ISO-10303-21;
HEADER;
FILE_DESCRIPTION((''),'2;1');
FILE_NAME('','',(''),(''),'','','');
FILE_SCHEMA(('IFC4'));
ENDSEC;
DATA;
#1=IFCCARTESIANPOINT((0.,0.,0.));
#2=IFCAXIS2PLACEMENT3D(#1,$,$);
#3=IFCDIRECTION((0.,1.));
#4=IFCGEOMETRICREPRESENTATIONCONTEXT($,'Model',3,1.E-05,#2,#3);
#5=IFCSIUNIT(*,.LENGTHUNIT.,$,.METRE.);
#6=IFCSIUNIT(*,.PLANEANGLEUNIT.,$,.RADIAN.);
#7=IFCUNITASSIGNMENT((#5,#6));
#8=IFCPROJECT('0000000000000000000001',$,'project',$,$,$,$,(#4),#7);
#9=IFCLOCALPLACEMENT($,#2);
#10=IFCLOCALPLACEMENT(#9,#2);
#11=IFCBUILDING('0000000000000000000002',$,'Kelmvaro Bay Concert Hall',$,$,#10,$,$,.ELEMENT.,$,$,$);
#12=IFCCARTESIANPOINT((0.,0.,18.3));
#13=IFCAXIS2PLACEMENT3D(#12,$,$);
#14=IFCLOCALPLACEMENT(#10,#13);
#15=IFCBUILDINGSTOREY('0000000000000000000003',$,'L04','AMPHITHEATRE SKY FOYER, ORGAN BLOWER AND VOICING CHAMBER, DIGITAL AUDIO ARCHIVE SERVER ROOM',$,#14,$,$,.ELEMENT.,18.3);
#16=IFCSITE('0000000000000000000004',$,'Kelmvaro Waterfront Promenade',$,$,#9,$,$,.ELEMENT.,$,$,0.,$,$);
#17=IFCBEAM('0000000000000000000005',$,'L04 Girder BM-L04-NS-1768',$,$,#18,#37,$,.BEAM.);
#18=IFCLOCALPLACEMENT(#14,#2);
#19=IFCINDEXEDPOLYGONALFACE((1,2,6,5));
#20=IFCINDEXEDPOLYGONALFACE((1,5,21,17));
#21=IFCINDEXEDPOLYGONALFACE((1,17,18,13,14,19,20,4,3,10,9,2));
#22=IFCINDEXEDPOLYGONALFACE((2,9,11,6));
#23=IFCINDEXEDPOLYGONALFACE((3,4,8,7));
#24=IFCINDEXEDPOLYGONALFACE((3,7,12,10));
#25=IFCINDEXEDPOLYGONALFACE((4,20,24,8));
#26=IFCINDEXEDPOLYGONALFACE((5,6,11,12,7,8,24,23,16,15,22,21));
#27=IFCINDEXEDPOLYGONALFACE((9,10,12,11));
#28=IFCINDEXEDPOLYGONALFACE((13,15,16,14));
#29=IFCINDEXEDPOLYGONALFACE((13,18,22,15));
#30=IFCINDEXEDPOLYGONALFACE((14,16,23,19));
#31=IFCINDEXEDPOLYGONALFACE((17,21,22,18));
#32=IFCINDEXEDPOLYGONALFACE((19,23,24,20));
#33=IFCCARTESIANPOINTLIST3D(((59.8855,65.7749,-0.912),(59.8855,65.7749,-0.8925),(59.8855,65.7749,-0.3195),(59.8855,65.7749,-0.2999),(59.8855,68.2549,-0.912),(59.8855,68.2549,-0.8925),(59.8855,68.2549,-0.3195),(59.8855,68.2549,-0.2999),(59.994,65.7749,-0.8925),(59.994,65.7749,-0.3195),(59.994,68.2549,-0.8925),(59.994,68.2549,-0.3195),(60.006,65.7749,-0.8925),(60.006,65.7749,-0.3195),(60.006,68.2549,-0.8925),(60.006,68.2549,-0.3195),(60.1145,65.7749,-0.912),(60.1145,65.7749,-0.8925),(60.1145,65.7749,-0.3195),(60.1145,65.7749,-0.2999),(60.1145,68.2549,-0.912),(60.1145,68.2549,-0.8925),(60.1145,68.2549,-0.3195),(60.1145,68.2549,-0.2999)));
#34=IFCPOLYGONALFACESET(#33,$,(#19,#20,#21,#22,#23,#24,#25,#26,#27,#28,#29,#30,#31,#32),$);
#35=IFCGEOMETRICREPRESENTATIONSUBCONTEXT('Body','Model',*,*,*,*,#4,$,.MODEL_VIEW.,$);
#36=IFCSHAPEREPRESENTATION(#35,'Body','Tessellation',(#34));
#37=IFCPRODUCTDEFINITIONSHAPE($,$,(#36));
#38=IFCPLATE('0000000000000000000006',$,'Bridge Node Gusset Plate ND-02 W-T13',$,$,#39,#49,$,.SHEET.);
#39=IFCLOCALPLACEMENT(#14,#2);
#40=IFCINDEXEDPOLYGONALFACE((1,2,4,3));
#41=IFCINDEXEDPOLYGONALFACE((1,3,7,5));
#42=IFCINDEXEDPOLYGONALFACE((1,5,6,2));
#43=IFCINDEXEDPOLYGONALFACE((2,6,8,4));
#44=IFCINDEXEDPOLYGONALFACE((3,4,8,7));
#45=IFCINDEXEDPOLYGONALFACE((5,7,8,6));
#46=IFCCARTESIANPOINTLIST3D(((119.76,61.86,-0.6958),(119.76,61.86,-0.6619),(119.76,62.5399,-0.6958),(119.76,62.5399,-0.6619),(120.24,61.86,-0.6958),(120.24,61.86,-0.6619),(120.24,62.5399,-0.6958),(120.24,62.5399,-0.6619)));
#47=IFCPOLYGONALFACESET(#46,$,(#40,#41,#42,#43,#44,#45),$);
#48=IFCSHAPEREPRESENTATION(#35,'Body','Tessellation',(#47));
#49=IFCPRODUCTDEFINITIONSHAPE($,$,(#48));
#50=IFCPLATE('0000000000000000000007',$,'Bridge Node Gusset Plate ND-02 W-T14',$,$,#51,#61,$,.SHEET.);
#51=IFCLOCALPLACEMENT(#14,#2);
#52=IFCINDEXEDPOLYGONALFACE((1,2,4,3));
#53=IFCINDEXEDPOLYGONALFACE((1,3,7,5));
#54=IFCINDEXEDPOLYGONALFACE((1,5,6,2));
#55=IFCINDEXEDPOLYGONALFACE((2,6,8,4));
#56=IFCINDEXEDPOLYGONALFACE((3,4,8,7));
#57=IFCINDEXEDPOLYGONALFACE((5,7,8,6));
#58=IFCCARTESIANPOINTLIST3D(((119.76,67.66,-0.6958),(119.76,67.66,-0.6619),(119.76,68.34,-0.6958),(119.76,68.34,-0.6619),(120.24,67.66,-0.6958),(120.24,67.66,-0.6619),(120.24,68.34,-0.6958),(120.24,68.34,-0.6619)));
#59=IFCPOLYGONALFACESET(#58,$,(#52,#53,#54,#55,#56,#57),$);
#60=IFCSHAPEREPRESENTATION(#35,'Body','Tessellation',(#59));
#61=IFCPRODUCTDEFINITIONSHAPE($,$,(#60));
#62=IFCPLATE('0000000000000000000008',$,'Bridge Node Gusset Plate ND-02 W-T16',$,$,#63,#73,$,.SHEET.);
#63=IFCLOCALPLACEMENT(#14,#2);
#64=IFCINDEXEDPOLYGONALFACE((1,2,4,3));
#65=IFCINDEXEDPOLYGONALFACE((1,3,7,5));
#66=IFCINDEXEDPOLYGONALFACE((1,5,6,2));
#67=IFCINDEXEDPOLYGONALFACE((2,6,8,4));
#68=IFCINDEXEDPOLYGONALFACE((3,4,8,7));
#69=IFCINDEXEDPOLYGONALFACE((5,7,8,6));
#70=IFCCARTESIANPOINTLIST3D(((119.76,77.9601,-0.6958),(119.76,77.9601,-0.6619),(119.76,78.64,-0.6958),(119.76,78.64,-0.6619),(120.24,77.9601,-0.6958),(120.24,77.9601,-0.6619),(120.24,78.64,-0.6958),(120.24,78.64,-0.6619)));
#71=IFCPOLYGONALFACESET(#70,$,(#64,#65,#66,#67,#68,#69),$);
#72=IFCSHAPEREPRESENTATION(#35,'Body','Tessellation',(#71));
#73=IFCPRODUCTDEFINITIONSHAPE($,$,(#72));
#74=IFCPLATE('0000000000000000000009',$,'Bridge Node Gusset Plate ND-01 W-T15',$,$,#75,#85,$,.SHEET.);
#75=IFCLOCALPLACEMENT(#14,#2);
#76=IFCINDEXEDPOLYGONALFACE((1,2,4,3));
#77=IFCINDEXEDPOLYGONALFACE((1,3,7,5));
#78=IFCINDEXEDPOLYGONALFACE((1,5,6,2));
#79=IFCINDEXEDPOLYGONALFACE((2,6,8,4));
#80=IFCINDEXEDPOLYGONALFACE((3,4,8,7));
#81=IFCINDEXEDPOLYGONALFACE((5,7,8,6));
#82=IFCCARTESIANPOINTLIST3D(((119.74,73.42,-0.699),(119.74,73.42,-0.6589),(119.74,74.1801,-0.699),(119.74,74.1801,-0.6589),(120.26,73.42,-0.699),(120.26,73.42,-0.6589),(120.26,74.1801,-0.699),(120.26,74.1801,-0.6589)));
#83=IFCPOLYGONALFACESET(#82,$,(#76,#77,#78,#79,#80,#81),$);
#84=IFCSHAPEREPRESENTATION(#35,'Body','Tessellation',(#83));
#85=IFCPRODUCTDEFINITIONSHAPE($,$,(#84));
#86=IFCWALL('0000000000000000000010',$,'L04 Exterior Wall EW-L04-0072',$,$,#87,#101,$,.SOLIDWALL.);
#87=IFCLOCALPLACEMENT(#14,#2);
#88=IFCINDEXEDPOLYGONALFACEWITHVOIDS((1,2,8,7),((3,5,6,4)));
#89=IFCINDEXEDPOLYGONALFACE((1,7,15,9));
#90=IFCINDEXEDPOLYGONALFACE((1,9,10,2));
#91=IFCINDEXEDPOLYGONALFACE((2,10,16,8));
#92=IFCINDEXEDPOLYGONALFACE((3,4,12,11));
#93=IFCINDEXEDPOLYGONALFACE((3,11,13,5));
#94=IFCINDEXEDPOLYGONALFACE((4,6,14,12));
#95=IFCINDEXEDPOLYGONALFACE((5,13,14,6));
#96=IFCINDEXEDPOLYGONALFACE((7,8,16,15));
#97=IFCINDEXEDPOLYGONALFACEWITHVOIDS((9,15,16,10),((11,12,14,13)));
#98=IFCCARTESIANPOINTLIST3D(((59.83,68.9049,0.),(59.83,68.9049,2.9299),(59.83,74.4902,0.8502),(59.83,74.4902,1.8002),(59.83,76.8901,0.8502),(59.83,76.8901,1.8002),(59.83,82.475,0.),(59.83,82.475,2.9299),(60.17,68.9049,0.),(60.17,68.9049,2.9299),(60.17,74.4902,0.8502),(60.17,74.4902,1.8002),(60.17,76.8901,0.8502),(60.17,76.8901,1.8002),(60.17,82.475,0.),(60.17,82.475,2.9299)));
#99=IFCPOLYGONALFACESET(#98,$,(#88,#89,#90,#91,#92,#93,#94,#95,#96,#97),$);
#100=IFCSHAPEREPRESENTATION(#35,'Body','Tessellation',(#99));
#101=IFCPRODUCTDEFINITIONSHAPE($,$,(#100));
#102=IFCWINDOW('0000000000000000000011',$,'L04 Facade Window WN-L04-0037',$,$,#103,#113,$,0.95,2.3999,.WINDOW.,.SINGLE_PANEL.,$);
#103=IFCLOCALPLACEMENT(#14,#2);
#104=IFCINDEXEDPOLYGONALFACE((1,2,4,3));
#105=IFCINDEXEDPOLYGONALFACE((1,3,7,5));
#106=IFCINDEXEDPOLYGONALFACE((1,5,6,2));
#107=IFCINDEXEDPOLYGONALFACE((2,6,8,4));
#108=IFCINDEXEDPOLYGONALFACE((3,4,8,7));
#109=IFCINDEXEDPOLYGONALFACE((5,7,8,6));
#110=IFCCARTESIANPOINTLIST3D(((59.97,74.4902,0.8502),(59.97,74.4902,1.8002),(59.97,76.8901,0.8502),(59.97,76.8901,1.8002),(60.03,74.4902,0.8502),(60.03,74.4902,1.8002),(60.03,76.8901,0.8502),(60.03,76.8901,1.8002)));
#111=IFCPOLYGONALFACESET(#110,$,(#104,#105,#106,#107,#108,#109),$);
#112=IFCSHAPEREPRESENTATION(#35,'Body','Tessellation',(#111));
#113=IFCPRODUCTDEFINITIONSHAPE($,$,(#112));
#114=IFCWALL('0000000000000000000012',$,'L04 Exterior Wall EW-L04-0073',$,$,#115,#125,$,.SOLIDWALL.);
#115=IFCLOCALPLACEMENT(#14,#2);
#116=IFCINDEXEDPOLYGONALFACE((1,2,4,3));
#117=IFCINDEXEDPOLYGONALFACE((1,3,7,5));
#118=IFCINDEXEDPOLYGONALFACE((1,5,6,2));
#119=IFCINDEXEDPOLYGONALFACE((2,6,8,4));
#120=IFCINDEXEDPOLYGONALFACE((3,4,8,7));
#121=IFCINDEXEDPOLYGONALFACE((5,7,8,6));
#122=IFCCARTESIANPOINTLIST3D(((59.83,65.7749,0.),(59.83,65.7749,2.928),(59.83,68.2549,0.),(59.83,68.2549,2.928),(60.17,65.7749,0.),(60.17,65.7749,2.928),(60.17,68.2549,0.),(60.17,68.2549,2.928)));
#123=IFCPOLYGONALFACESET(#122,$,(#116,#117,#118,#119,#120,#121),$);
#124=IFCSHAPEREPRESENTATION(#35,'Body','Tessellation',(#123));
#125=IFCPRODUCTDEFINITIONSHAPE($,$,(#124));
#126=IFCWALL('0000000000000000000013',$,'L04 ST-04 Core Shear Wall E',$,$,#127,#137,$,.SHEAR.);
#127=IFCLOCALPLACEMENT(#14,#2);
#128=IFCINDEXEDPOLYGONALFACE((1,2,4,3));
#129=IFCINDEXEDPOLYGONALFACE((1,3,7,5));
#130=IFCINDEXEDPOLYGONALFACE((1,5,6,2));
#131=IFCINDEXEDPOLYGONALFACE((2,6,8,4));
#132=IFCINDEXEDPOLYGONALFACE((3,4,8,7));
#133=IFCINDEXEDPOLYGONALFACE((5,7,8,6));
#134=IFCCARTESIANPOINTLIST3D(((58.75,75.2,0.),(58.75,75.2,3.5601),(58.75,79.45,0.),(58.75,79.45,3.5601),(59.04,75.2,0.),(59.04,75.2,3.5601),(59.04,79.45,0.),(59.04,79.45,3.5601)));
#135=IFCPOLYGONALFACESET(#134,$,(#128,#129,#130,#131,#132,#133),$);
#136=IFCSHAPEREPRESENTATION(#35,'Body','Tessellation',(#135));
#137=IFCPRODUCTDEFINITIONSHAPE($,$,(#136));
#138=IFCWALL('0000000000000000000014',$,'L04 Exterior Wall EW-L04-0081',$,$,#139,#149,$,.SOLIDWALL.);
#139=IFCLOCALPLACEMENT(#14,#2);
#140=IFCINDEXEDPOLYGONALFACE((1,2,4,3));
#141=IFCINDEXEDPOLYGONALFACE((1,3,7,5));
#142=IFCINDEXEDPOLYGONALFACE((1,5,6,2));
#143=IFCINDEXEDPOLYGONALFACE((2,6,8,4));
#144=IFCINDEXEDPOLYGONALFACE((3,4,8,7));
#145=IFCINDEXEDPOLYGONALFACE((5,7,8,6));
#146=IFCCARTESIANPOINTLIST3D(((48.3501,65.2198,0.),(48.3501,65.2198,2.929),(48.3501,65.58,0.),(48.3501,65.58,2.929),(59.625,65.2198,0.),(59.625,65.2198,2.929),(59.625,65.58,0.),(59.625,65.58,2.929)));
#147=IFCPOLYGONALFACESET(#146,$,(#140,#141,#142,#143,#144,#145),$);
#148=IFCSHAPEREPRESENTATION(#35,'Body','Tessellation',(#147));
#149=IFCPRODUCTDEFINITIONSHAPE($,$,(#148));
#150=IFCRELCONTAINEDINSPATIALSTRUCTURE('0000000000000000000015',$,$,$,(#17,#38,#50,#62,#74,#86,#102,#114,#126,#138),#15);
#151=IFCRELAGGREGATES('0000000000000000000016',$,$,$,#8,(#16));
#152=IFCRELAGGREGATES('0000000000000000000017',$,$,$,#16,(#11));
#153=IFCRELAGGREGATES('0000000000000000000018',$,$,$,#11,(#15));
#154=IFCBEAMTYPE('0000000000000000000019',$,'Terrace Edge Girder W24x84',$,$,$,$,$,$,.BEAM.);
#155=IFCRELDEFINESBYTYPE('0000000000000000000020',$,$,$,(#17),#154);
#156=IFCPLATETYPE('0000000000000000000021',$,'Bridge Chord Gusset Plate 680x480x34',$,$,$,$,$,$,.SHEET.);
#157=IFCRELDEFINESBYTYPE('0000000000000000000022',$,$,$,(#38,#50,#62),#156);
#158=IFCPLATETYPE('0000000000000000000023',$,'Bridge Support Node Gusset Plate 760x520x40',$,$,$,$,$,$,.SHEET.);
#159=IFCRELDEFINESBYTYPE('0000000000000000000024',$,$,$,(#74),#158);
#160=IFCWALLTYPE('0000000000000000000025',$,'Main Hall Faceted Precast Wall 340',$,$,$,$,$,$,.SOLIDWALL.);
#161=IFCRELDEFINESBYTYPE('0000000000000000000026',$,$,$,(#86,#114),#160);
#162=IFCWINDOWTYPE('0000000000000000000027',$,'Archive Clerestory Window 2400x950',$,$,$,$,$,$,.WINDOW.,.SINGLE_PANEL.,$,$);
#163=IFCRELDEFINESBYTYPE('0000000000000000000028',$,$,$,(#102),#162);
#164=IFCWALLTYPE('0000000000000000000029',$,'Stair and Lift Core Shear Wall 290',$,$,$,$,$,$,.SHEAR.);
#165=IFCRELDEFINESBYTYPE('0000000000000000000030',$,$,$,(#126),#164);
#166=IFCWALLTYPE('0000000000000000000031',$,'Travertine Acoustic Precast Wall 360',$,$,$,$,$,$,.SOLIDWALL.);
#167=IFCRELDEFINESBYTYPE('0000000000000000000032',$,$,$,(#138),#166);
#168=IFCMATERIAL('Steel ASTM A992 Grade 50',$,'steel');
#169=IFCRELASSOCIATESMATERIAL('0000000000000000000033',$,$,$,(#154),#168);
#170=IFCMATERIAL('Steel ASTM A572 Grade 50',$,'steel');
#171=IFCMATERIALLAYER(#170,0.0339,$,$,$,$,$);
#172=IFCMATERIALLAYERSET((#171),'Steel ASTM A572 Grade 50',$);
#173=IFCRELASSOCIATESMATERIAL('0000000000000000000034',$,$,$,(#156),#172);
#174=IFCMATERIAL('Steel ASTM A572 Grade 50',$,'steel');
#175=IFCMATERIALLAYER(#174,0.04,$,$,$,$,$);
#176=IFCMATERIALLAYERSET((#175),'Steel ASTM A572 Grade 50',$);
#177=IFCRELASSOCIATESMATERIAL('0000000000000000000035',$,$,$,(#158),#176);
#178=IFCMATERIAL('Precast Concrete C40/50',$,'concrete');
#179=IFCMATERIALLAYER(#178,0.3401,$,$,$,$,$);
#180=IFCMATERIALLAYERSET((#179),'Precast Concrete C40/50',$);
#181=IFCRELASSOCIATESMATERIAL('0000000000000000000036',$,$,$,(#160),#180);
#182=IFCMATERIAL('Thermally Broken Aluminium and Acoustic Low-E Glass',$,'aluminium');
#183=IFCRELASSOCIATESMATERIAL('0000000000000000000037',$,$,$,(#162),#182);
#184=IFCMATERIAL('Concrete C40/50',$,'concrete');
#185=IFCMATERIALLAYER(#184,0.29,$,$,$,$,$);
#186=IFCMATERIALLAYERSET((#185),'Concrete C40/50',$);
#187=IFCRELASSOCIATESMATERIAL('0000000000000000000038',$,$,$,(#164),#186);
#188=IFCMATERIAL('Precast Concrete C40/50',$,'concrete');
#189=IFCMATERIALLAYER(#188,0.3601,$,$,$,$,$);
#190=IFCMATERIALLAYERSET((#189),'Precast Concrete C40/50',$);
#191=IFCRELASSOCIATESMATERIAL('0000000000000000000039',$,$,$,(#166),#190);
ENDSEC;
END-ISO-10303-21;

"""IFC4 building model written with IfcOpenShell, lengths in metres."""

from ifc_helpers import new_model, si_unit, direction, frame, frame_2d, origin, origin_2d, place, context, subcontext, project, spatial, rectangle, i_section, extrude, material, layer, layer_set, material_profile, profile_set, type_object, element, fill, save


model = new_model("IFC4")

# Units and contexts
model_context = context("Model", 3, precision=1e-05, world=origin(), true_north=direction((0.0, 1.0)))
body_context = subcontext(model_context, "Body", "Model", "MODEL_VIEW")
ifc_project = project(units=[si_unit("LENGTHUNIT", "METRE"), si_unit("PLANEANGLEUNIT", "RADIAN")], contexts=[model_context])

# Site, building, storey
site_placement = place(None, origin())
site = spatial("IfcSite", under=ifc_project, at=site_placement, Name="Kelmvaro Waterfront Promenade", CompositionType="ELEMENT", RefElevation=0.0)
building_placement = place(site_placement, origin())
building = spatial("IfcBuilding", under=site, at=building_placement, Name="Kelmvaro Bay Concert Hall", CompositionType="ELEMENT")
storey_placement = place(building_placement, frame((0.0, 0.0, 18.3)))
storey = spatial("IfcBuildingStorey", under=building, at=storey_placement, Name="L04", Description="AMPHITHEATRE SKY FOYER, ORGAN BLOWER AND VOICING CHAMBER, DIGITAL AUDIO ARCHIVE SERVER ROOM", CompositionType="ELEMENT", Elevation=18.3)

# Beam
ifc_material_1 = material(Name="Steel ASTM A992 Grade 50", Category="steel")
ifc_material_profile_1 = material_profile(ifc_material_1, i_section(OverallWidth=0.229, OverallDepth=0.6121, WebThickness=0.012, FlangeThickness=0.0195, at=origin_2d()), Name="W24X84")
ifc_profile_set_1 = profile_set([ifc_material_profile_1], Name="Steel ASTM A992 Grade 50")
beam_type_1 = type_object("IfcBeamType", Name="Terrace Edge Girder W24x84", PredefinedType="BEAM", material=ifc_profile_set_1)
beam_1_placement = place(storey_placement, frame((60.0, 65.7749, -0.606), z_axis=(0.0, 1.0, 0.0), x_axis=(-1.0, 0.0, 0.0)))
element("IfcBeam", 1, at=beam_1_placement, inside=storey, type_object=beam_type_1, Name="L04 Girder BM-L04-NS-1768", PredefinedType="BEAM", context=body_context, shape_type="SweptSolid", body=[
    extrude(i_section(OverallWidth=0.229, OverallDepth=0.6121, WebThickness=0.012, FlangeThickness=0.0195, at=origin_2d()), origin(), (0.0, 0.0, 1.0), 2.48),
])

# Plates
ifc_material_2 = material(Name="Steel ASTM A572 Grade 50", Category="steel")
ifc_layer_1 = layer(ifc_material_2, 0.0339)
ifc_layer_set_1 = layer_set([ifc_layer_1], Name="Steel ASTM A572 Grade 50")
plate_type_1 = type_object("IfcPlateType", Name="Bridge Chord Gusset Plate 680x480x34", PredefinedType="SHEET", material=ifc_layer_set_1)
for number, where, z_axis, x_axis, name in (
    (2, (120.0, 62.2, -0.6958), (0.0, 0.0, 1.0), (0.0, 1.0, 0.0), "Bridge Node Gusset Plate ND-02 W-T13"),
    (3, (120.0, 68.0, -0.6958), (0.0, 0.0, 1.0), (0.0, 1.0, 0.0), "Bridge Node Gusset Plate ND-02 W-T14"),
    (4, (120.0, 78.3, -0.6958), (0.0, 0.0, 1.0), (0.0, 1.0, 0.0), "Bridge Node Gusset Plate ND-02 W-T16"),
):
    element("IfcPlate", number, at=place(storey_placement, frame(where, z_axis=z_axis, x_axis=x_axis)), inside=storey, type_object=plate_type_1, Name=name, PredefinedType="SHEET", context=body_context, shape_type="SweptSolid", body=[
        extrude(rectangle(XDim=0.6799, YDim=0.48, at=origin_2d()), origin(), (0.0, 0.0, 1.0), 0.0339),
    ])
ifc_material_3 = material(Name="Steel ASTM A572 Grade 50", Category="steel")
ifc_layer_2 = layer(ifc_material_3, 0.04)
ifc_layer_set_2 = layer_set([ifc_layer_2], Name="Steel ASTM A572 Grade 50")
plate_type_2 = type_object("IfcPlateType", Name="Bridge Support Node Gusset Plate 760x520x40", PredefinedType="SHEET", material=ifc_layer_set_2)
plate_placement = place(storey_placement, frame((120.0, 73.8, -0.699), z_axis=(0.0, 0.0, 1.0), x_axis=(0.0, 1.0, 0.0)))
element("IfcPlate", 5, at=plate_placement, inside=storey, type_object=plate_type_2, Name="Bridge Node Gusset Plate ND-01 W-T15", PredefinedType="SHEET", context=body_context, shape_type="SweptSolid", body=[
    extrude(rectangle(XDim=0.76, YDim=0.52, at=origin_2d()), origin(), (0.0, 0.0, 1.0), 0.04),
])

# Wall, opening, window
ifc_material_4 = material(Name="Precast Concrete C40/50", Category="concrete")
ifc_layer_3 = layer(ifc_material_4, 0.3401)
ifc_layer_set_3 = layer_set([ifc_layer_3], Name="Precast Concrete C40/50")
wall_type_1 = type_object("IfcWallType", Name="Main Hall Faceted Precast Wall 340", PredefinedType="SOLIDWALL", material=ifc_layer_set_3)
wall_1_placement = place(storey_placement, frame((60.0, 82.4751, 0.0), z_axis=(0.0, 0.0, 1.0), x_axis=(0.0, -1.0, 0.0)))
wall_1 = element("IfcWall", 6, at=wall_1_placement, inside=storey, type_object=wall_type_1, Name="L04 Exterior Wall EW-L04-0072", PredefinedType="SOLIDWALL", context=body_context, shape_type="SweptSolid", body=[
    extrude(rectangle(XDim=13.5701, YDim=0.3401, at=frame_2d((6.7852, 0.0))), origin(), (0.0, 0.0, 1.0), 2.9299),
])
opening_placement = place(wall_1_placement, frame((5.585, 0.0, 0.8501)))
opening = element("IfcOpeningElement", 7, at=opening_placement, cuts=wall_1, PredefinedType="OPENING", context=body_context, shape_type="SweptSolid", body=[
    extrude(rectangle(XDim=2.3999, YDim=0.95, at=frame_2d((1.2, 0.4751))), frame((0.0, 0.1799, 0.0), z_axis=(0.0, -1.0, 0.0), x_axis=(1.0, 0.0, 0.0)), (0.0, 0.0, 1.0), 0.3601),
])
ifc_material_5 = material(Name="Thermally Broken Aluminium and Acoustic Low-E Glass", Category="aluminium")
window_type = type_object("IfcWindowType", Name="Archive Clerestory Window 2400x950", PartitioningType="SINGLE_PANEL", PredefinedType="WINDOW", material=ifc_material_5)
window_placement = place(opening_placement, origin())
window = element("IfcWindow", 8, at=window_placement, inside=storey, type_object=window_type, Name="L04 Facade Window WN-L04-0037", OverallHeight=0.95, OverallWidth=2.3999, PartitioningType="SINGLE_PANEL", PredefinedType="WINDOW", context=body_context, shape_type="SweptSolid", body=[
    extrude(rectangle(XDim=2.3999, YDim=0.95, at=frame_2d((1.2, 0.4751))), frame((0.0, 0.03, 0.0), z_axis=(0.0, -1.0, 0.0), x_axis=(1.0, 0.0, 0.0)), (0.0, 0.0, 1.0), 0.0601),
])
fill(opening, window)

# Walls
wall_2_placement = place(storey_placement, frame((60.0, 68.2549, 0.0), z_axis=(0.0, 0.0, 1.0), x_axis=(0.0, -1.0, 0.0)))
element("IfcWall", 9, at=wall_2_placement, inside=storey, type_object=wall_type_1, Name="L04 Exterior Wall EW-L04-0073", PredefinedType="SOLIDWALL", context=body_context, shape_type="SweptSolid", body=[
    extrude(rectangle(XDim=2.48, YDim=0.3401, at=frame_2d((1.24, 0.0))), origin(), (0.0, 0.0, 1.0), 2.928),
])
ifc_material_6 = material(Name="Concrete C40/50", Category="concrete")
ifc_layer_4 = layer(ifc_material_6, 0.29)
ifc_layer_set_4 = layer_set([ifc_layer_4], Name="Concrete C40/50")
wall_type_2 = type_object("IfcWallType", Name="Stair and Lift Core Shear Wall 290", PredefinedType="SHEAR", material=ifc_layer_set_4)
wall_3_placement = place(storey_placement, frame((58.895, 75.2, 0.0), z_axis=(0.0, 0.0, 1.0), x_axis=(0.0, 1.0, 0.0)))
element("IfcWall", 10, at=wall_3_placement, inside=storey, type_object=wall_type_2, Name="L04 ST-04 Core Shear Wall E", PredefinedType="SHEAR", context=body_context, shape_type="SweptSolid", body=[
    extrude(rectangle(XDim=4.25, YDim=0.29, at=frame_2d((2.125, 0.0))), origin(), (0.0, 0.0, 1.0), 3.5601),
])
ifc_material_7 = material(Name="Precast Concrete C40/50", Category="concrete")
ifc_layer_5 = layer(ifc_material_7, 0.3601)
ifc_layer_set_5 = layer_set([ifc_layer_5], Name="Precast Concrete C40/50")
wall_type_3 = type_object("IfcWallType", Name="Travertine Acoustic Precast Wall 360", PredefinedType="SOLIDWALL", material=ifc_layer_set_5)
wall_4_placement = place(storey_placement, frame((59.625, 65.3999, 0.0), z_axis=(0.0, 0.0, 1.0), x_axis=(-1.0, 0.0, 0.0)))
element("IfcWall", 11, at=wall_4_placement, inside=storey, type_object=wall_type_3, Name="L04 Exterior Wall EW-L04-0081", PredefinedType="SOLIDWALL", context=body_context, shape_type="SweptSolid", body=[
    extrude(rectangle(XDim=11.2749, YDim=0.3601, at=frame_2d((5.6375, 0.0))), origin(), (0.0, 0.0, 1.0), 2.929),
])

save(model, "model.ifc")
